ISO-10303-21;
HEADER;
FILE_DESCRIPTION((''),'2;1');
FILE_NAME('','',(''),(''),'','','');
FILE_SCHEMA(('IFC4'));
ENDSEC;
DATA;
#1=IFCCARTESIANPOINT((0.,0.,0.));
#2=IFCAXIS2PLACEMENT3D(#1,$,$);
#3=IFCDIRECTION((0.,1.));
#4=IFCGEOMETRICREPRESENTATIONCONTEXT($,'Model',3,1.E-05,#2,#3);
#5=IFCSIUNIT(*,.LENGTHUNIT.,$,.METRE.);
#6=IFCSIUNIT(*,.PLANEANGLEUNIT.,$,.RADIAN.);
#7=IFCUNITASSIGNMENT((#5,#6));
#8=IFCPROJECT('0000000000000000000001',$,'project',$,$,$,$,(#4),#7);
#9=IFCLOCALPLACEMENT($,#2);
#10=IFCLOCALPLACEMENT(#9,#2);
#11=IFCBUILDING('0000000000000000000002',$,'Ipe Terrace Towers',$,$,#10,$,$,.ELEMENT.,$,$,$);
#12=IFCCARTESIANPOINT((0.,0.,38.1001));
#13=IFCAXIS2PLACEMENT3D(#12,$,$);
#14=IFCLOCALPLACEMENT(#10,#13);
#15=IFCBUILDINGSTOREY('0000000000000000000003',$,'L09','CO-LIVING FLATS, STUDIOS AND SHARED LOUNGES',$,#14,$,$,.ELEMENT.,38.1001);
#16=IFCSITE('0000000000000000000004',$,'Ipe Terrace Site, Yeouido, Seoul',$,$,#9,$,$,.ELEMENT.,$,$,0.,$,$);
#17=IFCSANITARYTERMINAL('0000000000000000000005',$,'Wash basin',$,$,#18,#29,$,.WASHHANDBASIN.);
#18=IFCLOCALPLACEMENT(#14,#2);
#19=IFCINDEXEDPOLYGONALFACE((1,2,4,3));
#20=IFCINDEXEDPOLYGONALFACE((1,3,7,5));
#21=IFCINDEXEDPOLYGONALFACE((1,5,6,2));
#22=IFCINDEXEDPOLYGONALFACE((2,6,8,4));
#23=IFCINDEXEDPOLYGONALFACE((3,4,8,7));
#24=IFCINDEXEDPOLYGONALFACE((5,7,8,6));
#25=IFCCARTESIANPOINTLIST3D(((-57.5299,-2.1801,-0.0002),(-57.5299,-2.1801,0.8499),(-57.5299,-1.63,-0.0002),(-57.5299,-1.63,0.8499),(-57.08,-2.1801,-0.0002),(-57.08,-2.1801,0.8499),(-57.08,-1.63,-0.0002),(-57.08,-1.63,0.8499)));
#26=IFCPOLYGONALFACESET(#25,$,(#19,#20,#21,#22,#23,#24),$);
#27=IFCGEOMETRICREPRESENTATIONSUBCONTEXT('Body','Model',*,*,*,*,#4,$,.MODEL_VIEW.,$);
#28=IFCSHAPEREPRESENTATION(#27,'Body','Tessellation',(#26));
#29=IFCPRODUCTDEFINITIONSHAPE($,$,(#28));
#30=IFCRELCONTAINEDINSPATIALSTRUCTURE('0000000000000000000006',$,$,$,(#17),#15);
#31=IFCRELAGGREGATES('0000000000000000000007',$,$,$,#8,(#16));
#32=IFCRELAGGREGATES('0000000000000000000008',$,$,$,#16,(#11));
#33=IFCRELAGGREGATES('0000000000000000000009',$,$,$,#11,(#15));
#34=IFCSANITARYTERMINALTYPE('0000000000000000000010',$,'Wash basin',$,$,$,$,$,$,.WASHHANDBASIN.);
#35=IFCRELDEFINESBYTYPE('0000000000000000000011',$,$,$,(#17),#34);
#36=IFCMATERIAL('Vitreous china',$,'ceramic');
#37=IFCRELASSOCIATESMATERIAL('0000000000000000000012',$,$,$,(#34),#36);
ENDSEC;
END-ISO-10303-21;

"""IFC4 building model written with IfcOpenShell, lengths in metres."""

from ifc_helpers import new_model, si_unit, direction, frame, origin, origin_2d, place, context, subcontext, project, spatial, rectangle, extrude, material, type_object, element, save


model = new_model("IFC4")

# Units and contexts
model_context = context("Model", 3, precision=1e-05, world=origin(), true_north=direction((0.0, 1.0)))
body_context = subcontext(model_context, "Body", "Model", "MODEL_VIEW")
ifc_project = project(units=[si_unit("LENGTHUNIT", "METRE"), si_unit("PLANEANGLEUNIT", "RADIAN")], contexts=[model_context])

# Site, building, storey
site_placement = place(None, origin())
site = spatial("IfcSite", under=ifc_project, at=site_placement, Name="Ipe Terrace Site, Yeouido, Seoul", CompositionType="ELEMENT", RefElevation=0.0)
building_placement = place(site_placement, origin())
building = spatial("IfcBuilding", under=site, at=building_placement, Name="Ipe Terrace Towers", CompositionType="ELEMENT")
storey_placement = place(building_placement, frame((0.0, 0.0, 38.1001)))
storey = spatial("IfcBuildingStorey", under=building, at=storey_placement, Name="L09", Description="CO-LIVING FLATS, STUDIOS AND SHARED LOUNGES", CompositionType="ELEMENT", Elevation=38.1001)

# Sanitary terminal
ifc_material_1 = material(Name="Vitreous china", Category="ceramic")
sanitary_terminal_type_1 = type_object("IfcSanitaryTerminalType", Name="Wash basin", PredefinedType="WASHHANDBASIN", material=ifc_material_1)
sanitary_terminal_1_placement = place(storey_placement, frame((-57.3049, -1.905, -0.0002), z_axis=(0.0, 0.0, 1.0), x_axis=(0.0, 1.0, 0.0)))
element("IfcSanitaryTerminal", 1, at=sanitary_terminal_1_placement, inside=storey, type_object=sanitary_terminal_type_1, Name="Wash basin", PredefinedType="WASHHANDBASIN", context=body_context, shape_type="SweptSolid", body=[
    extrude(rectangle(XDim=0.55, YDim=0.45, at=origin_2d()), origin(), (0.0, 0.0, 1.0), 0.8501),
])

save(model, "model.ifc")
